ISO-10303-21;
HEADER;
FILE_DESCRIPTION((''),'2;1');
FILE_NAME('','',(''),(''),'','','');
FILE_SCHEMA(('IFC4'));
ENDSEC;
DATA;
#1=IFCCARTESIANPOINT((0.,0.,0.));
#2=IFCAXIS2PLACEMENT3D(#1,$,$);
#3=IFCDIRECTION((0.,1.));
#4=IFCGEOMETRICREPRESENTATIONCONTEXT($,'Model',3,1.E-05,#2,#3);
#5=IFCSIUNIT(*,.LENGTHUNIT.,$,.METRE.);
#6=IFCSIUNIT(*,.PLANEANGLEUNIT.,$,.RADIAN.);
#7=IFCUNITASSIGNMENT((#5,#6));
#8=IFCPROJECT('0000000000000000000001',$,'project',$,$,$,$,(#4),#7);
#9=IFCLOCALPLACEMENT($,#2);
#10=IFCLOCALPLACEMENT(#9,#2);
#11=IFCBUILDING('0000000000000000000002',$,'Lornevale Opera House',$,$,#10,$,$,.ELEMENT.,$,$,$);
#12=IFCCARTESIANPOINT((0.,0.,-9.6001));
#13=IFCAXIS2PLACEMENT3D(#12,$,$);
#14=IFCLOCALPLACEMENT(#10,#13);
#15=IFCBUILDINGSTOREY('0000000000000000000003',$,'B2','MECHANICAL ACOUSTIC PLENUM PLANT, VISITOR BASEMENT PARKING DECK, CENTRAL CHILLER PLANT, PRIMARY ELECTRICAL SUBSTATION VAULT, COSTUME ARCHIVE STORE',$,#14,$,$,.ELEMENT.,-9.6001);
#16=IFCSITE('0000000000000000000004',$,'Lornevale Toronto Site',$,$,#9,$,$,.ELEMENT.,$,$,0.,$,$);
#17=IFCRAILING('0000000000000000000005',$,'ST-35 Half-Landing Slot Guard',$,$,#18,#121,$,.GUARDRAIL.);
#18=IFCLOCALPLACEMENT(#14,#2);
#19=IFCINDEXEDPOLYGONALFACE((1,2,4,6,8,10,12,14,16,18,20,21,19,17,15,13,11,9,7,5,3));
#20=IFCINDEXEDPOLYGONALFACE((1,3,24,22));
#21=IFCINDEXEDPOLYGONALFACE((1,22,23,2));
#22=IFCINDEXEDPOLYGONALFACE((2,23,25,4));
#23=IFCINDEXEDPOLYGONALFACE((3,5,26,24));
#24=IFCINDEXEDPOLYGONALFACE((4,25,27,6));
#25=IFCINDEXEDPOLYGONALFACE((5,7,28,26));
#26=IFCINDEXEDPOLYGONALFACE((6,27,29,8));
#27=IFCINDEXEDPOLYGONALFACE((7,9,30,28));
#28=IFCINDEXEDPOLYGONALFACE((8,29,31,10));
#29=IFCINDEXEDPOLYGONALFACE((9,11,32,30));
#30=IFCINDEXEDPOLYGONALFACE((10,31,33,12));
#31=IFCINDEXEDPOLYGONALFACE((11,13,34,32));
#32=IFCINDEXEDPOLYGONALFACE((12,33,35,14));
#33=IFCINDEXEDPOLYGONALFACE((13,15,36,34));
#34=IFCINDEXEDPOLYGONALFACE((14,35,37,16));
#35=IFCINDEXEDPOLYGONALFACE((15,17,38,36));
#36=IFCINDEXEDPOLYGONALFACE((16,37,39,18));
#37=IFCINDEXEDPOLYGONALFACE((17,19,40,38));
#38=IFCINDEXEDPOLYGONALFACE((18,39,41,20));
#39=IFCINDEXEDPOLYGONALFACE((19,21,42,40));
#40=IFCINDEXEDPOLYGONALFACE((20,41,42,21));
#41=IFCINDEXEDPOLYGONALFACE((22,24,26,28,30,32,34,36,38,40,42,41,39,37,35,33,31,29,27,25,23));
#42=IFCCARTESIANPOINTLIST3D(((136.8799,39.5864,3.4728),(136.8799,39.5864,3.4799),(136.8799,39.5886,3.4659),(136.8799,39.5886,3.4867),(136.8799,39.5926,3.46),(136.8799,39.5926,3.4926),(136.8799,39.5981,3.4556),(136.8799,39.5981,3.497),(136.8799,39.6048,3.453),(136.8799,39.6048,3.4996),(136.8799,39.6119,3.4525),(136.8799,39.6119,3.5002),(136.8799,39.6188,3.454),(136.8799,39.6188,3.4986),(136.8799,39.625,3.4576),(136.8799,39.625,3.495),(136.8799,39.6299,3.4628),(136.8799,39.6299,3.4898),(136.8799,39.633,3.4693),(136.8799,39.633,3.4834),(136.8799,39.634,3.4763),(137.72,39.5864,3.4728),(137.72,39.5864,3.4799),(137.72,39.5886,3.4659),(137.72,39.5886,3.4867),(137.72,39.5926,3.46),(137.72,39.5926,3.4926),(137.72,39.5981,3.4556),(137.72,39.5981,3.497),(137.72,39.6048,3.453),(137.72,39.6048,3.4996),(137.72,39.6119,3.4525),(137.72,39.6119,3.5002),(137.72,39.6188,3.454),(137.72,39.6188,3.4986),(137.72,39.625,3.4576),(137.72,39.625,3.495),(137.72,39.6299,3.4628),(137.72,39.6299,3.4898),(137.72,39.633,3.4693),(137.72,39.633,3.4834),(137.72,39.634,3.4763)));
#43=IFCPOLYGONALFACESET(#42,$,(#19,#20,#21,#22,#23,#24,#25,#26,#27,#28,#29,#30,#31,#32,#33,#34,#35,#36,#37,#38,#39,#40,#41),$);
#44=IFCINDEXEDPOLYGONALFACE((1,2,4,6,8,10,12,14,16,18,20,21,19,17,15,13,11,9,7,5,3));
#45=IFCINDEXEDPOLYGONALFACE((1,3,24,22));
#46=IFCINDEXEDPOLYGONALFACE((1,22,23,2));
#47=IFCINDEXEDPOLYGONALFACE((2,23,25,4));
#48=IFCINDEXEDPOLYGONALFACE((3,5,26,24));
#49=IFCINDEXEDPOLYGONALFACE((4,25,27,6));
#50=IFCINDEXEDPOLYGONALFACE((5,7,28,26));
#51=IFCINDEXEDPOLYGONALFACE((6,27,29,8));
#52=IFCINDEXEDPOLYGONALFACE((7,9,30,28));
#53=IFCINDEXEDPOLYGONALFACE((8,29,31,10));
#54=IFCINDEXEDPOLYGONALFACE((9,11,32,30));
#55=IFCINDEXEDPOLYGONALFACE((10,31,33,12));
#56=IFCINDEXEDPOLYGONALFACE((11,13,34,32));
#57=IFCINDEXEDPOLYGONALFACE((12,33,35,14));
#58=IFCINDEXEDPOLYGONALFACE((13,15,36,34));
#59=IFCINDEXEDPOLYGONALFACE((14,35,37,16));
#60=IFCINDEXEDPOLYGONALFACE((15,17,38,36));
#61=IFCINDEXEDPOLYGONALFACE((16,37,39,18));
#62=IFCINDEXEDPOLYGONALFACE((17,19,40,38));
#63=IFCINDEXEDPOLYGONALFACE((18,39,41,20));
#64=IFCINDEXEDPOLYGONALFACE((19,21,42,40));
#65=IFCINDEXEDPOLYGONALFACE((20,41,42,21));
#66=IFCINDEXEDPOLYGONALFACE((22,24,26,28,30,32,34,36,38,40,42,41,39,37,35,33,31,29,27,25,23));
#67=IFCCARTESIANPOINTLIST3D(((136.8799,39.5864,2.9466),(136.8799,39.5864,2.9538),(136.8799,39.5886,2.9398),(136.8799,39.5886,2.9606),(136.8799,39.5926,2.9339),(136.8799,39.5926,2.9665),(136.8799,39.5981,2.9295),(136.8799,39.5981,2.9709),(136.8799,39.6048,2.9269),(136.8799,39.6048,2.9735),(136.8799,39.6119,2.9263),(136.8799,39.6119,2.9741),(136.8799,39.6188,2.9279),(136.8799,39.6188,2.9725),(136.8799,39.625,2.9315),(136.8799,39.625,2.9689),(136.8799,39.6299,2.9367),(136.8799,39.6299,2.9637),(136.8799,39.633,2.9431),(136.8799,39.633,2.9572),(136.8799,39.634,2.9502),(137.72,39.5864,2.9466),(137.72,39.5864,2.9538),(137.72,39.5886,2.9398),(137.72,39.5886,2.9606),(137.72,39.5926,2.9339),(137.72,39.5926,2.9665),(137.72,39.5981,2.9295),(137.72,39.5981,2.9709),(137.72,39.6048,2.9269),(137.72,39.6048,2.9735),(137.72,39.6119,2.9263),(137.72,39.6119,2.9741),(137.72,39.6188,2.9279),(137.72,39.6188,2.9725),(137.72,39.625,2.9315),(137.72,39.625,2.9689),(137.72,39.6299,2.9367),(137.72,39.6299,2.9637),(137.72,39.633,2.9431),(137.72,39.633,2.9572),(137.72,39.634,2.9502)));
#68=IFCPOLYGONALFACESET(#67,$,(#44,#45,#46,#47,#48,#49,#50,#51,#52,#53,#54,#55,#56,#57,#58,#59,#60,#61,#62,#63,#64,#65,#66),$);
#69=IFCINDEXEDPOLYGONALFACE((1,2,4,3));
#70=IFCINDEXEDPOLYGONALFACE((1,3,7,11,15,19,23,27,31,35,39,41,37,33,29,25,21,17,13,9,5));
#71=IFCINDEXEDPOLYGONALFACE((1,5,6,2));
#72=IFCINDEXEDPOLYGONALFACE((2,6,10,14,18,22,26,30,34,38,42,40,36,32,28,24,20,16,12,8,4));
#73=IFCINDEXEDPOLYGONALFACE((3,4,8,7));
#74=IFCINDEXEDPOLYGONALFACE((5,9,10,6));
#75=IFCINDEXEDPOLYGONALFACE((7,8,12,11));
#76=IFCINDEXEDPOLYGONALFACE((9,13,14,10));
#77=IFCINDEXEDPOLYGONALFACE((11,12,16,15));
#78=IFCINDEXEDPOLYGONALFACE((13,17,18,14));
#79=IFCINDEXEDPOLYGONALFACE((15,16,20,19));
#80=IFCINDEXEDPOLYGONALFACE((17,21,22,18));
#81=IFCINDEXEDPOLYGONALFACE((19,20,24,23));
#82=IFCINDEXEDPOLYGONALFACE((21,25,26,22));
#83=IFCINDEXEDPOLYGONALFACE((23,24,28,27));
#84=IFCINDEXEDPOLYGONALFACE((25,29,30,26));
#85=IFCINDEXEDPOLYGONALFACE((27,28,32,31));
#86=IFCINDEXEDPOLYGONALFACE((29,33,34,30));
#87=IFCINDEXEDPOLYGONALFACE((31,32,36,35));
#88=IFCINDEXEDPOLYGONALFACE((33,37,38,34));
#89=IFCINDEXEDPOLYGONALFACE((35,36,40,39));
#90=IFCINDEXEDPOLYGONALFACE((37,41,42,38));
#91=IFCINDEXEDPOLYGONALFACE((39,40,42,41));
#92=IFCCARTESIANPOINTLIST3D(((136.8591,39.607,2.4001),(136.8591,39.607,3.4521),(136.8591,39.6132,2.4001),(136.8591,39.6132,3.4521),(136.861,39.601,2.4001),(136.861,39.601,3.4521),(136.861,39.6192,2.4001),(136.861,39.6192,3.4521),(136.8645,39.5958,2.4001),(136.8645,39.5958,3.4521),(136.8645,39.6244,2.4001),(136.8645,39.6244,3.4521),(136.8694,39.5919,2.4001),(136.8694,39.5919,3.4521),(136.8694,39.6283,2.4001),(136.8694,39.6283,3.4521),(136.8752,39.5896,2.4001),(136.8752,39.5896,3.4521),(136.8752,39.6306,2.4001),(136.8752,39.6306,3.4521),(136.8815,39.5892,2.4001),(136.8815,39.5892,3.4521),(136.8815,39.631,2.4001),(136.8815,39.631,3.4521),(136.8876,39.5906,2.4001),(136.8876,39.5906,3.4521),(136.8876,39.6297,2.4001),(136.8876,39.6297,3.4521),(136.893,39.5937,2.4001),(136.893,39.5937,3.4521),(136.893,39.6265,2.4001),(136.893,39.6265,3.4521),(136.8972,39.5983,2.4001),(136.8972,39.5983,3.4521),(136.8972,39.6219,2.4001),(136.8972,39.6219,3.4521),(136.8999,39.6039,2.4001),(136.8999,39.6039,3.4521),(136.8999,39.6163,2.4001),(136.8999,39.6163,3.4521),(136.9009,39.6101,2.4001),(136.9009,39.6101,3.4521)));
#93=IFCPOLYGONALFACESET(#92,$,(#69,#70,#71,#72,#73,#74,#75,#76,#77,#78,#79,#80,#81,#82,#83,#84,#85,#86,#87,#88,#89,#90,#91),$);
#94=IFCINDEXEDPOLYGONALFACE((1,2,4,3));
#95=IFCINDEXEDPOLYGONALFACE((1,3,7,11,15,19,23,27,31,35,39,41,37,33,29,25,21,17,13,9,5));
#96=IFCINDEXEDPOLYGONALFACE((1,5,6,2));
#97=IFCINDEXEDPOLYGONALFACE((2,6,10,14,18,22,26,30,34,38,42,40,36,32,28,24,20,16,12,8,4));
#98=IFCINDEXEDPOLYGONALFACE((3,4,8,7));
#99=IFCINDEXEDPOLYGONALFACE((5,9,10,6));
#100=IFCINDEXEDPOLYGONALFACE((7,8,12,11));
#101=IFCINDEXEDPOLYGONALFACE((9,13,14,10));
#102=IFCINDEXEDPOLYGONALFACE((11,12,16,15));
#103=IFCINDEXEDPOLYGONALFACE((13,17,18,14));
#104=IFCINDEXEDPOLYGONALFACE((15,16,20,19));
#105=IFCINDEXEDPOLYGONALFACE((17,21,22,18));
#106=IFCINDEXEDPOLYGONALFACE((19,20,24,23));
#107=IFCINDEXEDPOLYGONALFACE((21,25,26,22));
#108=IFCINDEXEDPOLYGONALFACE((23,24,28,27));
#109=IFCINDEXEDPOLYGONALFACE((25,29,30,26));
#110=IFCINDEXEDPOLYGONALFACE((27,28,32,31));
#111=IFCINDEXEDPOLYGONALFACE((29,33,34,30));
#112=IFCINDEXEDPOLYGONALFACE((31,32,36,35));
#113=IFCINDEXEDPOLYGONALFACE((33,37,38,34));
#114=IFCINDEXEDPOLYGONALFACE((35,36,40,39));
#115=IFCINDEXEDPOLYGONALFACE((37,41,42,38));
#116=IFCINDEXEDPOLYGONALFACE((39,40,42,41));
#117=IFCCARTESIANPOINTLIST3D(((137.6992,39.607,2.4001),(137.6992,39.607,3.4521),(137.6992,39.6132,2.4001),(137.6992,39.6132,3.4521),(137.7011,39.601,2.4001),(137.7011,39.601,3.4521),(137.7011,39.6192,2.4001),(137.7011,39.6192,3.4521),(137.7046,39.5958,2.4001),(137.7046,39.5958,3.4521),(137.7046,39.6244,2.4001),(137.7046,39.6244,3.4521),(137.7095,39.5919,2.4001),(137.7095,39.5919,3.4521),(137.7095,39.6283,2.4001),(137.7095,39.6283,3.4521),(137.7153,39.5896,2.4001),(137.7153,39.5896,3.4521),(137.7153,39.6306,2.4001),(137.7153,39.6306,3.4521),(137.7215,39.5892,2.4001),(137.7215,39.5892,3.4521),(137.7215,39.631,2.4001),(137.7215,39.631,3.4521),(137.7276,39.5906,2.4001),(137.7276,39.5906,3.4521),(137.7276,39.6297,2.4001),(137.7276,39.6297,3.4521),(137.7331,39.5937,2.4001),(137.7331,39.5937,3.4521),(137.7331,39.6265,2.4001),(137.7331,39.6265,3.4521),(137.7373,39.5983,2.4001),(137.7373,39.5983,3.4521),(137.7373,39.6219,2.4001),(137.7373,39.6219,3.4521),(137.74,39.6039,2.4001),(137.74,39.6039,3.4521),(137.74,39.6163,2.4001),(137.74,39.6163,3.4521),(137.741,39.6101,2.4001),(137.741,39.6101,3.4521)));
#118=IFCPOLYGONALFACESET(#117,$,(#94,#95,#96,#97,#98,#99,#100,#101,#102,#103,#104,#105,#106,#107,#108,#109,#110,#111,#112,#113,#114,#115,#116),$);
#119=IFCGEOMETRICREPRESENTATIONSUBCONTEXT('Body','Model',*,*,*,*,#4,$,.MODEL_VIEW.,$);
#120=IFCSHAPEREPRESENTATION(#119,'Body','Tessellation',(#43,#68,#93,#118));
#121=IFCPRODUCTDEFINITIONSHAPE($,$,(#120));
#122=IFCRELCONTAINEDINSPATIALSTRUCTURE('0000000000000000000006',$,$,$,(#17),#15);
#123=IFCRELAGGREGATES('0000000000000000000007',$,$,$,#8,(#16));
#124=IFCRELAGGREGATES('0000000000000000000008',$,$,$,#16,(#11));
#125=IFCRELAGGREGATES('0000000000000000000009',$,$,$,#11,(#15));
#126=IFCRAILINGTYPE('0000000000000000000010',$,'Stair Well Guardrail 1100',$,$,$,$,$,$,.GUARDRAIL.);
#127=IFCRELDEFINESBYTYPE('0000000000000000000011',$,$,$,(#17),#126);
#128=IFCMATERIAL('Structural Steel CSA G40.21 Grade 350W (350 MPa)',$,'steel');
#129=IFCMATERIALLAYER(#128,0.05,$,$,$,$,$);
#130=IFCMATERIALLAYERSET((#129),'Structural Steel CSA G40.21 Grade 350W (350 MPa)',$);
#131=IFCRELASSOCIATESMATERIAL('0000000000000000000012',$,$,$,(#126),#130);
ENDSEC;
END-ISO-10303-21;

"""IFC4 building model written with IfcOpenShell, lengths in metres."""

from ifc_helpers import new_model, si_unit, direction, frame, origin, origin_2d, place, context, subcontext, project, spatial, circle, extrude, material, layer, layer_set, type_object, element, save


model = new_model("IFC4")

# Units and contexts
model_context = context("Model", 3, precision=1e-05, world=origin(), true_north=direction((0.0, 1.0)))
body_context = subcontext(model_context, "Body", "Model", "MODEL_VIEW")
ifc_project = project(units=[si_unit("LENGTHUNIT", "METRE"), si_unit("PLANEANGLEUNIT", "RADIAN")], contexts=[model_context])

# Site, building, storey
site_placement = place(None, origin())
site = spatial("IfcSite", under=ifc_project, at=site_placement, Name="Lornevale Toronto Site", CompositionType="ELEMENT", RefElevation=0.0)
building_placement = place(site_placement, origin())
building = spatial("IfcBuilding", under=site, at=building_placement, Name="Lornevale Opera House", CompositionType="ELEMENT")
storey_placement = place(building_placement, frame((0.0, 0.0, -9.6001)))
storey = spatial("IfcBuildingStorey", under=building, at=storey_placement, Name="B2", Description="MECHANICAL ACOUSTIC PLENUM PLANT, VISITOR BASEMENT PARKING DECK, CENTRAL CHILLER PLANT, PRIMARY ELECTRICAL SUBSTATION VAULT, COSTUME ARCHIVE STORE", CompositionType="ELEMENT", Elevation=-9.6001)

# Railing
ifc_material_1 = material(Name="Structural Steel CSA G40.21 Grade 350W (350 MPa)", Category="steel")
ifc_layer_1 = layer(ifc_material_1, 0.05)
ifc_layer_set_1 = layer_set([ifc_layer_1], Name="Structural Steel CSA G40.21 Grade 350W (350 MPa)")
railing_type_1 = type_object("IfcRailingType", Name="Stair Well Guardrail 1100", PredefinedType="GUARDRAIL", material=ifc_layer_set_1)
railing_1_placement = place(storey_placement, frame((136.8799, 39.6101, 2.4001)))
element("IfcRailing", 1, at=railing_1_placement, inside=storey, type_object=railing_type_1, Name="ST-35 Half-Landing Slot Guard", PredefinedType="GUARDRAIL", context=body_context, shape_type="SweptSolid", body=[
    extrude(circle(Radius=0.0239, at=origin_2d()), frame((0.0, 0.0, 1.0762), z_axis=(1.0, 0.0, 0.0), x_axis=(0.0, 1.0, 0.0)), (0.0, 0.0, 1.0), 0.8401),
    extrude(circle(Radius=0.0239, at=origin_2d()), frame((0.0, 0.0, 0.55), z_axis=(1.0, 0.0, 0.0), x_axis=(0.0, 1.0, 0.0)), (0.0, 0.0, 1.0), 0.8401),
    extrude(circle(Radius=0.021, at=origin_2d()), origin(), (0.0, 0.0, 1.0), 1.052),
    extrude(circle(Radius=0.021, at=origin_2d()), frame((0.8401, 0.0, 0.0)), (0.0, 0.0, 1.0), 1.052),
])

save(model, "model.ifc")
